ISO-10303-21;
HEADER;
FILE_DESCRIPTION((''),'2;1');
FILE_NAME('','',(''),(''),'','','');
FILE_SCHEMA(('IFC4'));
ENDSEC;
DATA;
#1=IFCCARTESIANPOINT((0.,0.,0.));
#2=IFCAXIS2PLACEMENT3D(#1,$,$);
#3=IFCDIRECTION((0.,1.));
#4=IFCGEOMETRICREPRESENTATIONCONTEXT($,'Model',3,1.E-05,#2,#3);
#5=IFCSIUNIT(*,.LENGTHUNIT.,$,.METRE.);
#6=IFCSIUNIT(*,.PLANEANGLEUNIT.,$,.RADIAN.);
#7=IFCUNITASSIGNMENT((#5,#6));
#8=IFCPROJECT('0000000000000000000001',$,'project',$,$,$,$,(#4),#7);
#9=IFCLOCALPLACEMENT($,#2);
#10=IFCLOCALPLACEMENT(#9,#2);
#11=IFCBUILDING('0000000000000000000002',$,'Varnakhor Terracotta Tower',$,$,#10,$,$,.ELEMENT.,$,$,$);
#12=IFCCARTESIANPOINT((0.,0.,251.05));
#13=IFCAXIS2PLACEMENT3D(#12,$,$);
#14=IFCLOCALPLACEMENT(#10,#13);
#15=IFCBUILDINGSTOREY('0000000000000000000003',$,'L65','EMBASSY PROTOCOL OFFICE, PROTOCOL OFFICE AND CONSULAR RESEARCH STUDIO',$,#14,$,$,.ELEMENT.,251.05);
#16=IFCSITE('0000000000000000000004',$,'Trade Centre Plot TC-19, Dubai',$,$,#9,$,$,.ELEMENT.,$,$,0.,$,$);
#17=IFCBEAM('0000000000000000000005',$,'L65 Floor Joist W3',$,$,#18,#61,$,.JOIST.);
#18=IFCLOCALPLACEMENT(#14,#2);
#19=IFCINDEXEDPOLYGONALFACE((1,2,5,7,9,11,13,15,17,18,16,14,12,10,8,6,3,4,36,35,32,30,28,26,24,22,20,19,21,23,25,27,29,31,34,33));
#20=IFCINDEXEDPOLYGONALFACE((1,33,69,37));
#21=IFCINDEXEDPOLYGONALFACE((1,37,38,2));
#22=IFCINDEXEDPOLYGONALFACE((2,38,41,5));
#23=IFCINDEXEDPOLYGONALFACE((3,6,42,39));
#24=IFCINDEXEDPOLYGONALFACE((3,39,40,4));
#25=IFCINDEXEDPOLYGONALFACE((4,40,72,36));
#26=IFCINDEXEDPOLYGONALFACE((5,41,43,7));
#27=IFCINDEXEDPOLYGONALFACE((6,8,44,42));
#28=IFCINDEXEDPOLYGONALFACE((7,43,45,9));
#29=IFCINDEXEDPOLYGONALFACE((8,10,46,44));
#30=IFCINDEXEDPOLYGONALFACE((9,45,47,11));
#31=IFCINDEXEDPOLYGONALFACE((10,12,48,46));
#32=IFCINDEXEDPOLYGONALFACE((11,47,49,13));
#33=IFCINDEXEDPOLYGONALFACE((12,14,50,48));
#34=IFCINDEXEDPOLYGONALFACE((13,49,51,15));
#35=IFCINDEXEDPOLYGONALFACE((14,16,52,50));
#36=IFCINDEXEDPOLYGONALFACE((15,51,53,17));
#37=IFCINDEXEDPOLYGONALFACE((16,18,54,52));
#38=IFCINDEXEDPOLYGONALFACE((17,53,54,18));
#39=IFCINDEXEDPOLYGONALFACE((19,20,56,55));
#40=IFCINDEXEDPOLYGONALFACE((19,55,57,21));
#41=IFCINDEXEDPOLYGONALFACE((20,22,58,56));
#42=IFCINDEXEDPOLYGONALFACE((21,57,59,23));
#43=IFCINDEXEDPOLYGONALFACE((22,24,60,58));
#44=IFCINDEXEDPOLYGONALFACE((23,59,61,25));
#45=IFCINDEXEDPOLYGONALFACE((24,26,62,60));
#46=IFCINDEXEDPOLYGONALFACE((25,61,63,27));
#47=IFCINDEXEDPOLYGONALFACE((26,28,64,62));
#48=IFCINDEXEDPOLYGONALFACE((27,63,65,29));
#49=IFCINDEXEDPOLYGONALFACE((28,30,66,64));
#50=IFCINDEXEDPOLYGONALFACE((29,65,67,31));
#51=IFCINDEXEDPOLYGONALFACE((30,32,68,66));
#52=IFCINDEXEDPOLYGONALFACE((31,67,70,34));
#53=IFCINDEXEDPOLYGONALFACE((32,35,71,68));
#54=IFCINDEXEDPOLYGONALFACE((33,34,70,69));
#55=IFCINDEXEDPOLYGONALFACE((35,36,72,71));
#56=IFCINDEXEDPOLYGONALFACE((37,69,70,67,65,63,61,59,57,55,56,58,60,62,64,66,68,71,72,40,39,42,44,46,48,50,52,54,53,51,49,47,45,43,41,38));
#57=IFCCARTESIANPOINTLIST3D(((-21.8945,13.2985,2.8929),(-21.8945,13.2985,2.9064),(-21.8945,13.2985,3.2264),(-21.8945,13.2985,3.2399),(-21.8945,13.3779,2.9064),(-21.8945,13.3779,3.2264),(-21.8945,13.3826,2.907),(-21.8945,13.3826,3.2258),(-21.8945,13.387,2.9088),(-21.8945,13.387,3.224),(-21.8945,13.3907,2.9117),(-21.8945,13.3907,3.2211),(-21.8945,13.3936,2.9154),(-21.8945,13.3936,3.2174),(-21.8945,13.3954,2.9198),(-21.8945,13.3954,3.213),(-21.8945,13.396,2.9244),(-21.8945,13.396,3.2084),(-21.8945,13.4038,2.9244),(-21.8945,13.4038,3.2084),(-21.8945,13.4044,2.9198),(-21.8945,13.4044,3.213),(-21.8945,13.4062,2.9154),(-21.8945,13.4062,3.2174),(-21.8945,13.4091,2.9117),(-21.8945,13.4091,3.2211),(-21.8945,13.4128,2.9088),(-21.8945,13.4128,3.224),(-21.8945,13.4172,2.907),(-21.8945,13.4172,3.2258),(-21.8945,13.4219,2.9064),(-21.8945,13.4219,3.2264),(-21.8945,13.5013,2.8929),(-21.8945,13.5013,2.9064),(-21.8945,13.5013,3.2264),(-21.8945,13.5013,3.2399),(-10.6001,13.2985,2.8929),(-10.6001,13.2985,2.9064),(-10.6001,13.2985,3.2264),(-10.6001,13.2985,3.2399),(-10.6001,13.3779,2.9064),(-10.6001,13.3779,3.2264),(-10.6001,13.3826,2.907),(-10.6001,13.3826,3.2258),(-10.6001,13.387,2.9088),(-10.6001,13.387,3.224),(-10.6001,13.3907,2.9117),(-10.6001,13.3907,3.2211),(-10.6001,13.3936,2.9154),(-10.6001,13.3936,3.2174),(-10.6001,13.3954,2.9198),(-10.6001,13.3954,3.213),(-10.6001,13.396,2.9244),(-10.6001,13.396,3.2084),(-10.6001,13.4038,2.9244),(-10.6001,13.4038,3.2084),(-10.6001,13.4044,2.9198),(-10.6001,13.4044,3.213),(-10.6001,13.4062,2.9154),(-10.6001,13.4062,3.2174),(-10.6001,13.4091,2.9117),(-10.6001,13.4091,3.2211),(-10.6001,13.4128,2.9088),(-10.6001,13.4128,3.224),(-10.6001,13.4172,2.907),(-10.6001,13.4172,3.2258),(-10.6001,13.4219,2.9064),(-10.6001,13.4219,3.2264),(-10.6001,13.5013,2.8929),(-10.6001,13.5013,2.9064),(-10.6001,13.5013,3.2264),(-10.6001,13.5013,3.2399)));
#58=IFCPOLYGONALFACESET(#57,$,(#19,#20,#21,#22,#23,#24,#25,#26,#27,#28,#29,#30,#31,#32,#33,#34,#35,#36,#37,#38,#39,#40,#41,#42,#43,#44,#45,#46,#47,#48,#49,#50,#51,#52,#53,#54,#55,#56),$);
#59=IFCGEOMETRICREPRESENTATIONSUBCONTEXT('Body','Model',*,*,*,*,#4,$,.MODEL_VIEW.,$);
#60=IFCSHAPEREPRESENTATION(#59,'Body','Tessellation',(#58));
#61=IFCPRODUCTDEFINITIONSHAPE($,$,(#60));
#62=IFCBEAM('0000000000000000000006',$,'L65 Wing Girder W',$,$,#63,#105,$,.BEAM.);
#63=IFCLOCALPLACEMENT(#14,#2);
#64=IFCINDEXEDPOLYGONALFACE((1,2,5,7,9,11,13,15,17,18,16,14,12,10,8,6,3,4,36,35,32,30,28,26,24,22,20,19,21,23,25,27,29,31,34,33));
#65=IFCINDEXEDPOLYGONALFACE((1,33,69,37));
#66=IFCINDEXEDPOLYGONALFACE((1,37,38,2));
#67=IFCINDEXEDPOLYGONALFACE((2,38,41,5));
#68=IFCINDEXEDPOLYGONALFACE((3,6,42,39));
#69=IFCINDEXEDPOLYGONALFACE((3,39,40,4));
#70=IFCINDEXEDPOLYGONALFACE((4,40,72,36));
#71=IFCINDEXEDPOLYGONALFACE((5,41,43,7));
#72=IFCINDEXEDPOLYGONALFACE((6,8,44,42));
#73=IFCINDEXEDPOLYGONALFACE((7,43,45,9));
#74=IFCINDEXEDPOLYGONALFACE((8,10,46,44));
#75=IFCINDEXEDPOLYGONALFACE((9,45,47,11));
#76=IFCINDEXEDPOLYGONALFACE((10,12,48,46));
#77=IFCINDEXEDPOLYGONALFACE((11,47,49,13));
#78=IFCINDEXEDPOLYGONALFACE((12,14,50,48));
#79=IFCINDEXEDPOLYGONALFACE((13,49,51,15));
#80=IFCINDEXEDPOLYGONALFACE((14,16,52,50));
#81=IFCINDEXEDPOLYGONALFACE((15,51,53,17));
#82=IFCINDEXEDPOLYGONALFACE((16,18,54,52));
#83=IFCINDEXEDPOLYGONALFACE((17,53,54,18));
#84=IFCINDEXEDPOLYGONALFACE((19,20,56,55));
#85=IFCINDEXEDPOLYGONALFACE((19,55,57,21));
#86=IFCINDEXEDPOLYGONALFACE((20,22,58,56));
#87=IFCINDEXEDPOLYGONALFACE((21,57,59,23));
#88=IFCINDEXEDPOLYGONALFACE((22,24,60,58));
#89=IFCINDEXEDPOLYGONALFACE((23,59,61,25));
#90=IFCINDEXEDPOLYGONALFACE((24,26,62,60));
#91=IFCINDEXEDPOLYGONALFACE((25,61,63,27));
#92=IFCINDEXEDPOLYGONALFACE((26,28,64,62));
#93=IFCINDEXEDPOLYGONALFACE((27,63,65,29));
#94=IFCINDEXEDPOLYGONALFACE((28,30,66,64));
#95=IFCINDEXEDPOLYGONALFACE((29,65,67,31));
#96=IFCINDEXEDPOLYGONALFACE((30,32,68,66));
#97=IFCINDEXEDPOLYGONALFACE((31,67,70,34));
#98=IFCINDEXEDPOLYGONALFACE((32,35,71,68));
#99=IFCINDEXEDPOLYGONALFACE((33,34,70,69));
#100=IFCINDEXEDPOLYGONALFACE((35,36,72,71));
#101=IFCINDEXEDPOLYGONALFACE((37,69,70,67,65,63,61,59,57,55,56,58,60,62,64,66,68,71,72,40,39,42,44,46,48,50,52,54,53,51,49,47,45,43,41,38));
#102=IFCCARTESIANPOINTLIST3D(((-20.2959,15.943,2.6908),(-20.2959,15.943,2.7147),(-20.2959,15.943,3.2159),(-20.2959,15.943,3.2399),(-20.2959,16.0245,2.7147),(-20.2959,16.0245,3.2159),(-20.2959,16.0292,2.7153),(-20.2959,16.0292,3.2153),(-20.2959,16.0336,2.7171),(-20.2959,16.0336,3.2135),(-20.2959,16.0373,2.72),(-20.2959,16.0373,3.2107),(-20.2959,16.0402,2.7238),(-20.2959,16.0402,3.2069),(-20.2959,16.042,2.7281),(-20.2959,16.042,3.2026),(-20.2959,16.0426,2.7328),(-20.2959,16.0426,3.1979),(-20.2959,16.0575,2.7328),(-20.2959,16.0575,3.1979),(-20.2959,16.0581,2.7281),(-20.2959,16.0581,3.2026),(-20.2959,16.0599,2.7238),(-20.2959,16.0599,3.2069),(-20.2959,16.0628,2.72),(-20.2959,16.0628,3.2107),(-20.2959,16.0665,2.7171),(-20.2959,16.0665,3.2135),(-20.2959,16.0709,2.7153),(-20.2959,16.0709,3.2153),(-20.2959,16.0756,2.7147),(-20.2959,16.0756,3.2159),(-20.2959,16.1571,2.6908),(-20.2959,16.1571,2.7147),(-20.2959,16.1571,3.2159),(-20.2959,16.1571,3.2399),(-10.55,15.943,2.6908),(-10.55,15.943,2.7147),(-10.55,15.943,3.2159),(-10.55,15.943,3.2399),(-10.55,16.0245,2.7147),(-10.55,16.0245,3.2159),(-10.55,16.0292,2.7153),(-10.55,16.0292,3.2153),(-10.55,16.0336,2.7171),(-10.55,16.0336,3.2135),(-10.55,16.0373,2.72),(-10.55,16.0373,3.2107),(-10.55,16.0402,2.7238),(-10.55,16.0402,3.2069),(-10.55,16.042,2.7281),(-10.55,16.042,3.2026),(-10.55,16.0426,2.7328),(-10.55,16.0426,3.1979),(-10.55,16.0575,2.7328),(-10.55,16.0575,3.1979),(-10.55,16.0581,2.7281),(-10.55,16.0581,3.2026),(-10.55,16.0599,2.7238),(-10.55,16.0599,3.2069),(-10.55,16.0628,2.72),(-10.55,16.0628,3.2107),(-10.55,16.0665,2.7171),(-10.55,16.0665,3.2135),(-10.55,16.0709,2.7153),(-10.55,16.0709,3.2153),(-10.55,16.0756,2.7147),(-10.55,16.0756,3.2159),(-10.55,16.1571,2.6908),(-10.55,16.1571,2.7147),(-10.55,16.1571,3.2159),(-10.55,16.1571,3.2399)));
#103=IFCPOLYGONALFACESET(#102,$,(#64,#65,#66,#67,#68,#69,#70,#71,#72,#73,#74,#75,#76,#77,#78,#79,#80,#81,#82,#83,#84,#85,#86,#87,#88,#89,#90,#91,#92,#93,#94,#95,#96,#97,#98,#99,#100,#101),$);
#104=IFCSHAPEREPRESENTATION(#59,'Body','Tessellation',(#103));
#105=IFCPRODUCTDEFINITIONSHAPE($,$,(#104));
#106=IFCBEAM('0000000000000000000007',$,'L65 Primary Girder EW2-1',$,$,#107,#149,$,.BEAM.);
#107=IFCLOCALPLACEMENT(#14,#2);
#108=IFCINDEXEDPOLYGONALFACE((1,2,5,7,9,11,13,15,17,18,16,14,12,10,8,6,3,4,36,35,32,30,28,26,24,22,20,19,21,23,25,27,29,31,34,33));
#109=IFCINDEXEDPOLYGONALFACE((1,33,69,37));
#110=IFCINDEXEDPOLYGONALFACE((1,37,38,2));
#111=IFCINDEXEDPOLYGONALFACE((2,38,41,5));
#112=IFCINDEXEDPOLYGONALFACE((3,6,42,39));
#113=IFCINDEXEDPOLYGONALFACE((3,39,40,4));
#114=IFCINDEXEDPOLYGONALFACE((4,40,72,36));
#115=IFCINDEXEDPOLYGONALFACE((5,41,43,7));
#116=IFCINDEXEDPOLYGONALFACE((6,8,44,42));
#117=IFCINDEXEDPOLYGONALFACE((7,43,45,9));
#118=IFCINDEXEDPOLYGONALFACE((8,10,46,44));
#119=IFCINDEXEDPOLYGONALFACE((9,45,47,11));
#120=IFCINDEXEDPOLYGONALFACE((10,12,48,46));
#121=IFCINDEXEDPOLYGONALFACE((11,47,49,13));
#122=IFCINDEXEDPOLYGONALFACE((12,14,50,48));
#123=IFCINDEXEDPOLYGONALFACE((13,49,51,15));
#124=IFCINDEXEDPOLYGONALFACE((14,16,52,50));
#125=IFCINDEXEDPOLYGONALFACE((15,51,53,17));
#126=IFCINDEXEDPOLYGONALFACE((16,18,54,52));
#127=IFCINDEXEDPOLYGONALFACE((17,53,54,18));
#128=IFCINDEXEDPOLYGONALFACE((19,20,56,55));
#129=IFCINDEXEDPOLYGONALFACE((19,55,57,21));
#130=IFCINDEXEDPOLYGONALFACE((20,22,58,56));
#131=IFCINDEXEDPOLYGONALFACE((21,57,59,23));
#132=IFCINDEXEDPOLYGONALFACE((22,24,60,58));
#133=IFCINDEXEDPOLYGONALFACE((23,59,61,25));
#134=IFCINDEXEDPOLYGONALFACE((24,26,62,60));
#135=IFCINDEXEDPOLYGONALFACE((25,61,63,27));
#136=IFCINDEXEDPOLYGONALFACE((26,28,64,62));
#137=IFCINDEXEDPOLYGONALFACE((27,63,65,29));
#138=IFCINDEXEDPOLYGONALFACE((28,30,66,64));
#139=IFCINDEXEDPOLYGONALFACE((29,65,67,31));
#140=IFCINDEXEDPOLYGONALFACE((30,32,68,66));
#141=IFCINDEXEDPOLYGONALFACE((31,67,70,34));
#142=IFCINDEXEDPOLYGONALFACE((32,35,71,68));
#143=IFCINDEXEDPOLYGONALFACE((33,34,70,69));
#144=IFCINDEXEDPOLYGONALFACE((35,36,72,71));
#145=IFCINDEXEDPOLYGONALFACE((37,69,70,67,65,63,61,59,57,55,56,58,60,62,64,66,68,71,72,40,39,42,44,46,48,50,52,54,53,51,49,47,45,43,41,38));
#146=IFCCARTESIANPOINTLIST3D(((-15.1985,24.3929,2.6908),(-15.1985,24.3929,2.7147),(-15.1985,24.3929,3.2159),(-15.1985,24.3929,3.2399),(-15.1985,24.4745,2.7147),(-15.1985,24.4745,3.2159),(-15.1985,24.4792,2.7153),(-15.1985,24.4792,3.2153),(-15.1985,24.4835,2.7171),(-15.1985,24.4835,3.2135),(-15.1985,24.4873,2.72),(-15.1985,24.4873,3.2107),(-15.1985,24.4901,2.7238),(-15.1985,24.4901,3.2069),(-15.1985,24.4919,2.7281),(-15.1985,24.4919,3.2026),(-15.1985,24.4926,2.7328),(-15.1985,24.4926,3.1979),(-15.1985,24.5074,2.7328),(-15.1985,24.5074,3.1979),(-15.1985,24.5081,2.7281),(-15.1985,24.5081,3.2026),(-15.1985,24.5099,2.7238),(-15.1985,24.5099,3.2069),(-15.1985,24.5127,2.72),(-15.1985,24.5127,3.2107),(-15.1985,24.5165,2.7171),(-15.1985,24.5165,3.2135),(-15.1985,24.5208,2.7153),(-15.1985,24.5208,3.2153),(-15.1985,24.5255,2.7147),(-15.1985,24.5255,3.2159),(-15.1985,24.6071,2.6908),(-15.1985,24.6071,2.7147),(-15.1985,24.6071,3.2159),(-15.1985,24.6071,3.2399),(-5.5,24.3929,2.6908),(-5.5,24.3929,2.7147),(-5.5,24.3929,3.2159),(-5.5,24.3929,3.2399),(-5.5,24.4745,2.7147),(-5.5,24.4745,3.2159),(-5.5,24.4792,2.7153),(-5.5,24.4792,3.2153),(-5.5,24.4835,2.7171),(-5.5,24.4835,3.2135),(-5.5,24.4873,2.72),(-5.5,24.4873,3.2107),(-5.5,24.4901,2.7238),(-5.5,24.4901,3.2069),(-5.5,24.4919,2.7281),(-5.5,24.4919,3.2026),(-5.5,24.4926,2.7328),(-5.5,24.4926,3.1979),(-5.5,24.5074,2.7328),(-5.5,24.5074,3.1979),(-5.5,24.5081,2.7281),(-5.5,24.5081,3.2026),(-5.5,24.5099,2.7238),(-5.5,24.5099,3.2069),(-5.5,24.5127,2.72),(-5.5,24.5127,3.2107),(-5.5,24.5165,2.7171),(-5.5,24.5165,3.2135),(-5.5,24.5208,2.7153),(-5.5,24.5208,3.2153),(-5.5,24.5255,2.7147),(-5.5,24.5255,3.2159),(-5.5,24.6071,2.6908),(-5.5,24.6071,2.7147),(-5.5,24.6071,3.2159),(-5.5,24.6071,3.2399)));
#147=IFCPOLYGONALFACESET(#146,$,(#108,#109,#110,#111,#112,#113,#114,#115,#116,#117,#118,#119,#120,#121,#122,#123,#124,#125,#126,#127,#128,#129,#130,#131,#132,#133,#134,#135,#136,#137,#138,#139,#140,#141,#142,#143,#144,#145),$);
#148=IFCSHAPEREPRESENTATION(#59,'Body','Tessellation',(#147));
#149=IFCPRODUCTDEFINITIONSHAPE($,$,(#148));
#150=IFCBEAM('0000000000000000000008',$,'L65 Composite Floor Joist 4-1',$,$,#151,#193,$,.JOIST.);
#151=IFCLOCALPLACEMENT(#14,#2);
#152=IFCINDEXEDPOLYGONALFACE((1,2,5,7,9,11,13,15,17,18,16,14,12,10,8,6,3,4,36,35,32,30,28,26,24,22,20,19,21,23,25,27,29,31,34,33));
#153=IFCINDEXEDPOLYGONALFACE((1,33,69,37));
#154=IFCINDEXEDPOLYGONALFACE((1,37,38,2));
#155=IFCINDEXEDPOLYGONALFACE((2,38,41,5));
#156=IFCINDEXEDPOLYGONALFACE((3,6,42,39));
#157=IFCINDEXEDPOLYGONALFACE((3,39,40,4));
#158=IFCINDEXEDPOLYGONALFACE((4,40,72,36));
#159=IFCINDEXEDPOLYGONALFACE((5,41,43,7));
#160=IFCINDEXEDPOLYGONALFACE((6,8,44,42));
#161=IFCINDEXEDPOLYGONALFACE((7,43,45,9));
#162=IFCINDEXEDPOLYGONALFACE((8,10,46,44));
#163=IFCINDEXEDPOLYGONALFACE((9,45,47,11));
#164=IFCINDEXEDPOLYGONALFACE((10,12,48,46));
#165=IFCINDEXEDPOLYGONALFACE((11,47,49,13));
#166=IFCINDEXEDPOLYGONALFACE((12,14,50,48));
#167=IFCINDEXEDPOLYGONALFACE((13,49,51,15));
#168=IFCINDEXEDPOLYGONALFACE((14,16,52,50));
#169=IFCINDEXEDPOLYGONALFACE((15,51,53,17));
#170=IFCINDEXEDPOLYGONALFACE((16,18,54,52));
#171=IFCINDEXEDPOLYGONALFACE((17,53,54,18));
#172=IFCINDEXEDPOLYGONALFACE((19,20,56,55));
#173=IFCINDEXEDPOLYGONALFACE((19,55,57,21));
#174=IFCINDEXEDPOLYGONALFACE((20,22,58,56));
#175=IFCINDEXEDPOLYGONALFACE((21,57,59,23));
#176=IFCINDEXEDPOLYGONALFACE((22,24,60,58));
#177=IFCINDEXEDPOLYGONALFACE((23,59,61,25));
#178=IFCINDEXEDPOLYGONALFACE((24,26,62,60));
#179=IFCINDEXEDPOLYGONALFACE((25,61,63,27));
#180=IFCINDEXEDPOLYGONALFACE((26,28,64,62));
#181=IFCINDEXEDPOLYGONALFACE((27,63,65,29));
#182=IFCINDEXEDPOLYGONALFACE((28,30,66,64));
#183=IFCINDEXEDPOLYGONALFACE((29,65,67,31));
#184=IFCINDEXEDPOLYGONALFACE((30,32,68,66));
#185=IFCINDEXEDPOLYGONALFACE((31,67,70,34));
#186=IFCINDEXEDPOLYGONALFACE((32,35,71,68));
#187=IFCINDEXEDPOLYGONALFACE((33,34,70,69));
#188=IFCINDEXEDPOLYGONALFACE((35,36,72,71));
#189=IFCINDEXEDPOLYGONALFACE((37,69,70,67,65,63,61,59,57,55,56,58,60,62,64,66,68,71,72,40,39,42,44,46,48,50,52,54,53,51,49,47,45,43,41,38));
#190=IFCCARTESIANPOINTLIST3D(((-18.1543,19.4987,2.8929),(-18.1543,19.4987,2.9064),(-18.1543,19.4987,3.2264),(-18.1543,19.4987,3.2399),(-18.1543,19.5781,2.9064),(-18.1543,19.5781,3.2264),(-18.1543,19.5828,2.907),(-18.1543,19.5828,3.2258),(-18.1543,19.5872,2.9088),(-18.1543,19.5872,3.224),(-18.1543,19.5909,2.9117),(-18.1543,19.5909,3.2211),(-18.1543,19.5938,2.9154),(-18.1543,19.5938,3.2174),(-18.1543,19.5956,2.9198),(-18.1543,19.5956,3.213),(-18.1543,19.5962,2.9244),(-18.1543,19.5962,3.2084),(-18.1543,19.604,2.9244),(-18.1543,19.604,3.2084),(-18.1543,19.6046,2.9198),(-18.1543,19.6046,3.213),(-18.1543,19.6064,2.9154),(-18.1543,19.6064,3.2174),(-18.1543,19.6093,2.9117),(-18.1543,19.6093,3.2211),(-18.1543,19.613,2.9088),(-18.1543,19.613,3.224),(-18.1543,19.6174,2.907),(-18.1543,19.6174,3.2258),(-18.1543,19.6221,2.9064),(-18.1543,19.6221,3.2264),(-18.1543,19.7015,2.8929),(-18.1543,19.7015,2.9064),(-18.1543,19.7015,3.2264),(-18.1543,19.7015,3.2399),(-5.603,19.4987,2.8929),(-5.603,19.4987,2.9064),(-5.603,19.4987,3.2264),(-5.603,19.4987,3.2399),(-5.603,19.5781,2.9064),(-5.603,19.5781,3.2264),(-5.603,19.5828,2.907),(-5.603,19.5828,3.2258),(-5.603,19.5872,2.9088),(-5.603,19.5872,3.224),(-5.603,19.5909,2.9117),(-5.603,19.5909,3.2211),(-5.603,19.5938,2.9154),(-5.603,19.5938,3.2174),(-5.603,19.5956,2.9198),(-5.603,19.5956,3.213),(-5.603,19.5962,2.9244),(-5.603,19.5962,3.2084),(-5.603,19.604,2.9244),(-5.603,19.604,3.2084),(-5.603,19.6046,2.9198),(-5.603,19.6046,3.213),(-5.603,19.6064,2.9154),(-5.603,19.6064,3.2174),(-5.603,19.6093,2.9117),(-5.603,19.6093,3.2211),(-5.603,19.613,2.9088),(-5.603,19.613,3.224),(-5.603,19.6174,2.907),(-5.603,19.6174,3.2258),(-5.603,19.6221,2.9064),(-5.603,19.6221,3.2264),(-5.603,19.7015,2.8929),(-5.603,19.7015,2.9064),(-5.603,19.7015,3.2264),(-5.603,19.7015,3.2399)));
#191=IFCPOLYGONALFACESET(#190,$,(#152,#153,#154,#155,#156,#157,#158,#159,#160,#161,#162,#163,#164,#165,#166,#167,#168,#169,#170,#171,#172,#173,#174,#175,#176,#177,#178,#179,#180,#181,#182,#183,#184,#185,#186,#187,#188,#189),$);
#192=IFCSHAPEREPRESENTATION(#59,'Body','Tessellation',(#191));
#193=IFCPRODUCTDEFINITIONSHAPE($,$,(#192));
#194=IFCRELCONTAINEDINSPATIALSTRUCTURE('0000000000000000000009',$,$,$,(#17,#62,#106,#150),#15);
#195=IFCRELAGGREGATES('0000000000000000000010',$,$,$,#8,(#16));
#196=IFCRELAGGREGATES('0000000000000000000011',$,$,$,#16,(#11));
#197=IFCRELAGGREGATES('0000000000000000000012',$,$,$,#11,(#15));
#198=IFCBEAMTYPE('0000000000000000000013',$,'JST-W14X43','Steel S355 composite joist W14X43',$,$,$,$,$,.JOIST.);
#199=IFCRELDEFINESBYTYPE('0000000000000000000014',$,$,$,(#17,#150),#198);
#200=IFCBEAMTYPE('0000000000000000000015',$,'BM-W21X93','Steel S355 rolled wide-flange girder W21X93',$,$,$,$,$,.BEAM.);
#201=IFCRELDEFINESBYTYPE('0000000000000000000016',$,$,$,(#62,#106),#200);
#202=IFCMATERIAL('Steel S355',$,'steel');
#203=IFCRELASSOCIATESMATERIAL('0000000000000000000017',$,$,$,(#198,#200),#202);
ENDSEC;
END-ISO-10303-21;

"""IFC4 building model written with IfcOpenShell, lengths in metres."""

from ifc_helpers import new_model, si_unit, direction, frame, origin, origin_2d, place, context, subcontext, project, spatial, i_section, extrude, source, transform, mapped, material, material_profile, profile_set, type_object, element, save


model = new_model("IFC4")

# Units and contexts
model_context = context("Model", 3, precision=1e-05, world=origin(), true_north=direction((0.0, 1.0)))
body_context = subcontext(model_context, "Body", "Model", "MODEL_VIEW")
ifc_project = project(units=[si_unit("LENGTHUNIT", "METRE"), si_unit("PLANEANGLEUNIT", "RADIAN")], contexts=[model_context])

# Site, building, storey
site_placement = place(None, origin())
site = spatial("IfcSite", under=ifc_project, at=site_placement, Name="Trade Centre Plot TC-19, Dubai", CompositionType="ELEMENT", RefElevation=0.0)
building_placement = place(site_placement, origin())
building = spatial("IfcBuilding", under=site, at=building_placement, Name="Varnakhor Terracotta Tower", CompositionType="ELEMENT")
storey_placement = place(building_placement, frame((0.0, 0.0, 251.05)))
storey = spatial("IfcBuildingStorey", under=building, at=storey_placement, Name="L65", Description="EMBASSY PROTOCOL OFFICE, PROTOCOL OFFICE AND CONSULAR RESEARCH STUDIO", CompositionType="ELEMENT", Elevation=251.05)

# Beams
ifc_material_1 = material(Name="Steel S355", Category="steel")
ifc_material_profile_1 = material_profile(ifc_material_1, i_section(OverallWidth=0.2029, OverallDepth=0.3469, WebThickness=0.0078, FlangeThickness=0.0134, FilletRadius=0.0181, at=origin_2d()), Name="W14X43")
ifc_profile_set_1 = profile_set([ifc_material_profile_1], Name="Steel S355")
beam_type_1 = type_object("IfcBeamType", Name="JST-W14X43", Description="Steel S355 composite joist W14X43", PredefinedType="JOIST", material=ifc_profile_set_1)
shared_shape_1 = source(origin(), body_context, "Body", "SweptSolid", [
    extrude(i_section(OverallWidth=0.2029, OverallDepth=0.3469, WebThickness=0.0078, FlangeThickness=0.0134, FilletRadius=0.0181, at=origin_2d()), origin(), (0.0, 0.0, 1.0), 11.2944),
])
beam_1_placement = place(storey_placement, frame((-21.8945, 13.3999, 3.0664), z_axis=(1.0, 0.0, 0.0), x_axis=(0.0, 1.0, 0.0)))
element("IfcBeam", 1, at=beam_1_placement, inside=storey, type_object=beam_type_1, Name="L65 Floor Joist W3", PredefinedType="JOIST", context=body_context, shape_type="MappedRepresentation", body=[
    mapped(shared_shape_1, transform((0.0, 0.0, 0.0), scale=1.0)),
])
ifc_material_profile_2 = material_profile(ifc_material_1, i_section(OverallWidth=0.2141, OverallDepth=0.5491, WebThickness=0.0149, FlangeThickness=0.0239, FilletRadius=0.0181, at=origin_2d()), Name="W21X93")
ifc_profile_set_2 = profile_set([ifc_material_profile_2], Name="Steel S355")
beam_type_2 = type_object("IfcBeamType", Name="BM-W21X93", Description="Steel S355 rolled wide-flange girder W21X93", PredefinedType="BEAM", material=ifc_profile_set_2)
shared_shape_2 = source(origin(), body_context, "Body", "SweptSolid", [
    extrude(i_section(OverallWidth=0.2141, OverallDepth=0.5491, WebThickness=0.0149, FlangeThickness=0.0239, FilletRadius=0.0181, at=origin_2d()), origin(), (0.0, 0.0, 1.0), 9.7458),
])
beam_2_placement = place(storey_placement, frame((-20.2959, 16.05, 2.9653), z_axis=(1.0, 0.0, 0.0), x_axis=(0.0, 1.0, 0.0)))
element("IfcBeam", 2, at=beam_2_placement, inside=storey, type_object=beam_type_2, Name="L65 Wing Girder W", PredefinedType="BEAM", context=body_context, shape_type="MappedRepresentation", body=[
    mapped(shared_shape_2, transform((0.0, 0.0, 0.0), scale=1.0)),
])
shared_shape_3 = source(origin(), body_context, "Body", "SweptSolid", [
    extrude(i_section(OverallWidth=0.2141, OverallDepth=0.5491, WebThickness=0.0149, FlangeThickness=0.0239, FilletRadius=0.0181, at=origin_2d()), origin(), (0.0, 0.0, 1.0), 9.6985),
])
beam_3_placement = place(storey_placement, frame((-15.1985, 24.5, 2.9653), z_axis=(1.0, 0.0, 0.0), x_axis=(0.0, 1.0, 0.0)))
element("IfcBeam", 3, at=beam_3_placement, inside=storey, type_object=beam_type_2, Name="L65 Primary Girder EW2-1", PredefinedType="BEAM", context=body_context, shape_type="MappedRepresentation", body=[
    mapped(shared_shape_3, transform((0.0, 0.0, 0.0), scale=1.0)),
])
shared_shape_4 = source(origin(), body_context, "Body", "SweptSolid", [
    extrude(i_section(OverallWidth=0.2029, OverallDepth=0.3469, WebThickness=0.0078, FlangeThickness=0.0134, FilletRadius=0.0181, at=origin_2d()), origin(), (0.0, 0.0, 1.0), 12.5513),
])
beam_4_placement = place(storey_placement, frame((-18.1543, 19.6001, 3.0664), z_axis=(1.0, 0.0, 0.0), x_axis=(0.0, 1.0, 0.0)))
element("IfcBeam", 4, at=beam_4_placement, inside=storey, type_object=beam_type_1, Name="L65 Composite Floor Joist 4-1", PredefinedType="JOIST", context=body_context, shape_type="MappedRepresentation", body=[
    mapped(shared_shape_4, transform((0.0, 0.0, 0.0), scale=1.0)),
])

save(model, "model.ifc")
